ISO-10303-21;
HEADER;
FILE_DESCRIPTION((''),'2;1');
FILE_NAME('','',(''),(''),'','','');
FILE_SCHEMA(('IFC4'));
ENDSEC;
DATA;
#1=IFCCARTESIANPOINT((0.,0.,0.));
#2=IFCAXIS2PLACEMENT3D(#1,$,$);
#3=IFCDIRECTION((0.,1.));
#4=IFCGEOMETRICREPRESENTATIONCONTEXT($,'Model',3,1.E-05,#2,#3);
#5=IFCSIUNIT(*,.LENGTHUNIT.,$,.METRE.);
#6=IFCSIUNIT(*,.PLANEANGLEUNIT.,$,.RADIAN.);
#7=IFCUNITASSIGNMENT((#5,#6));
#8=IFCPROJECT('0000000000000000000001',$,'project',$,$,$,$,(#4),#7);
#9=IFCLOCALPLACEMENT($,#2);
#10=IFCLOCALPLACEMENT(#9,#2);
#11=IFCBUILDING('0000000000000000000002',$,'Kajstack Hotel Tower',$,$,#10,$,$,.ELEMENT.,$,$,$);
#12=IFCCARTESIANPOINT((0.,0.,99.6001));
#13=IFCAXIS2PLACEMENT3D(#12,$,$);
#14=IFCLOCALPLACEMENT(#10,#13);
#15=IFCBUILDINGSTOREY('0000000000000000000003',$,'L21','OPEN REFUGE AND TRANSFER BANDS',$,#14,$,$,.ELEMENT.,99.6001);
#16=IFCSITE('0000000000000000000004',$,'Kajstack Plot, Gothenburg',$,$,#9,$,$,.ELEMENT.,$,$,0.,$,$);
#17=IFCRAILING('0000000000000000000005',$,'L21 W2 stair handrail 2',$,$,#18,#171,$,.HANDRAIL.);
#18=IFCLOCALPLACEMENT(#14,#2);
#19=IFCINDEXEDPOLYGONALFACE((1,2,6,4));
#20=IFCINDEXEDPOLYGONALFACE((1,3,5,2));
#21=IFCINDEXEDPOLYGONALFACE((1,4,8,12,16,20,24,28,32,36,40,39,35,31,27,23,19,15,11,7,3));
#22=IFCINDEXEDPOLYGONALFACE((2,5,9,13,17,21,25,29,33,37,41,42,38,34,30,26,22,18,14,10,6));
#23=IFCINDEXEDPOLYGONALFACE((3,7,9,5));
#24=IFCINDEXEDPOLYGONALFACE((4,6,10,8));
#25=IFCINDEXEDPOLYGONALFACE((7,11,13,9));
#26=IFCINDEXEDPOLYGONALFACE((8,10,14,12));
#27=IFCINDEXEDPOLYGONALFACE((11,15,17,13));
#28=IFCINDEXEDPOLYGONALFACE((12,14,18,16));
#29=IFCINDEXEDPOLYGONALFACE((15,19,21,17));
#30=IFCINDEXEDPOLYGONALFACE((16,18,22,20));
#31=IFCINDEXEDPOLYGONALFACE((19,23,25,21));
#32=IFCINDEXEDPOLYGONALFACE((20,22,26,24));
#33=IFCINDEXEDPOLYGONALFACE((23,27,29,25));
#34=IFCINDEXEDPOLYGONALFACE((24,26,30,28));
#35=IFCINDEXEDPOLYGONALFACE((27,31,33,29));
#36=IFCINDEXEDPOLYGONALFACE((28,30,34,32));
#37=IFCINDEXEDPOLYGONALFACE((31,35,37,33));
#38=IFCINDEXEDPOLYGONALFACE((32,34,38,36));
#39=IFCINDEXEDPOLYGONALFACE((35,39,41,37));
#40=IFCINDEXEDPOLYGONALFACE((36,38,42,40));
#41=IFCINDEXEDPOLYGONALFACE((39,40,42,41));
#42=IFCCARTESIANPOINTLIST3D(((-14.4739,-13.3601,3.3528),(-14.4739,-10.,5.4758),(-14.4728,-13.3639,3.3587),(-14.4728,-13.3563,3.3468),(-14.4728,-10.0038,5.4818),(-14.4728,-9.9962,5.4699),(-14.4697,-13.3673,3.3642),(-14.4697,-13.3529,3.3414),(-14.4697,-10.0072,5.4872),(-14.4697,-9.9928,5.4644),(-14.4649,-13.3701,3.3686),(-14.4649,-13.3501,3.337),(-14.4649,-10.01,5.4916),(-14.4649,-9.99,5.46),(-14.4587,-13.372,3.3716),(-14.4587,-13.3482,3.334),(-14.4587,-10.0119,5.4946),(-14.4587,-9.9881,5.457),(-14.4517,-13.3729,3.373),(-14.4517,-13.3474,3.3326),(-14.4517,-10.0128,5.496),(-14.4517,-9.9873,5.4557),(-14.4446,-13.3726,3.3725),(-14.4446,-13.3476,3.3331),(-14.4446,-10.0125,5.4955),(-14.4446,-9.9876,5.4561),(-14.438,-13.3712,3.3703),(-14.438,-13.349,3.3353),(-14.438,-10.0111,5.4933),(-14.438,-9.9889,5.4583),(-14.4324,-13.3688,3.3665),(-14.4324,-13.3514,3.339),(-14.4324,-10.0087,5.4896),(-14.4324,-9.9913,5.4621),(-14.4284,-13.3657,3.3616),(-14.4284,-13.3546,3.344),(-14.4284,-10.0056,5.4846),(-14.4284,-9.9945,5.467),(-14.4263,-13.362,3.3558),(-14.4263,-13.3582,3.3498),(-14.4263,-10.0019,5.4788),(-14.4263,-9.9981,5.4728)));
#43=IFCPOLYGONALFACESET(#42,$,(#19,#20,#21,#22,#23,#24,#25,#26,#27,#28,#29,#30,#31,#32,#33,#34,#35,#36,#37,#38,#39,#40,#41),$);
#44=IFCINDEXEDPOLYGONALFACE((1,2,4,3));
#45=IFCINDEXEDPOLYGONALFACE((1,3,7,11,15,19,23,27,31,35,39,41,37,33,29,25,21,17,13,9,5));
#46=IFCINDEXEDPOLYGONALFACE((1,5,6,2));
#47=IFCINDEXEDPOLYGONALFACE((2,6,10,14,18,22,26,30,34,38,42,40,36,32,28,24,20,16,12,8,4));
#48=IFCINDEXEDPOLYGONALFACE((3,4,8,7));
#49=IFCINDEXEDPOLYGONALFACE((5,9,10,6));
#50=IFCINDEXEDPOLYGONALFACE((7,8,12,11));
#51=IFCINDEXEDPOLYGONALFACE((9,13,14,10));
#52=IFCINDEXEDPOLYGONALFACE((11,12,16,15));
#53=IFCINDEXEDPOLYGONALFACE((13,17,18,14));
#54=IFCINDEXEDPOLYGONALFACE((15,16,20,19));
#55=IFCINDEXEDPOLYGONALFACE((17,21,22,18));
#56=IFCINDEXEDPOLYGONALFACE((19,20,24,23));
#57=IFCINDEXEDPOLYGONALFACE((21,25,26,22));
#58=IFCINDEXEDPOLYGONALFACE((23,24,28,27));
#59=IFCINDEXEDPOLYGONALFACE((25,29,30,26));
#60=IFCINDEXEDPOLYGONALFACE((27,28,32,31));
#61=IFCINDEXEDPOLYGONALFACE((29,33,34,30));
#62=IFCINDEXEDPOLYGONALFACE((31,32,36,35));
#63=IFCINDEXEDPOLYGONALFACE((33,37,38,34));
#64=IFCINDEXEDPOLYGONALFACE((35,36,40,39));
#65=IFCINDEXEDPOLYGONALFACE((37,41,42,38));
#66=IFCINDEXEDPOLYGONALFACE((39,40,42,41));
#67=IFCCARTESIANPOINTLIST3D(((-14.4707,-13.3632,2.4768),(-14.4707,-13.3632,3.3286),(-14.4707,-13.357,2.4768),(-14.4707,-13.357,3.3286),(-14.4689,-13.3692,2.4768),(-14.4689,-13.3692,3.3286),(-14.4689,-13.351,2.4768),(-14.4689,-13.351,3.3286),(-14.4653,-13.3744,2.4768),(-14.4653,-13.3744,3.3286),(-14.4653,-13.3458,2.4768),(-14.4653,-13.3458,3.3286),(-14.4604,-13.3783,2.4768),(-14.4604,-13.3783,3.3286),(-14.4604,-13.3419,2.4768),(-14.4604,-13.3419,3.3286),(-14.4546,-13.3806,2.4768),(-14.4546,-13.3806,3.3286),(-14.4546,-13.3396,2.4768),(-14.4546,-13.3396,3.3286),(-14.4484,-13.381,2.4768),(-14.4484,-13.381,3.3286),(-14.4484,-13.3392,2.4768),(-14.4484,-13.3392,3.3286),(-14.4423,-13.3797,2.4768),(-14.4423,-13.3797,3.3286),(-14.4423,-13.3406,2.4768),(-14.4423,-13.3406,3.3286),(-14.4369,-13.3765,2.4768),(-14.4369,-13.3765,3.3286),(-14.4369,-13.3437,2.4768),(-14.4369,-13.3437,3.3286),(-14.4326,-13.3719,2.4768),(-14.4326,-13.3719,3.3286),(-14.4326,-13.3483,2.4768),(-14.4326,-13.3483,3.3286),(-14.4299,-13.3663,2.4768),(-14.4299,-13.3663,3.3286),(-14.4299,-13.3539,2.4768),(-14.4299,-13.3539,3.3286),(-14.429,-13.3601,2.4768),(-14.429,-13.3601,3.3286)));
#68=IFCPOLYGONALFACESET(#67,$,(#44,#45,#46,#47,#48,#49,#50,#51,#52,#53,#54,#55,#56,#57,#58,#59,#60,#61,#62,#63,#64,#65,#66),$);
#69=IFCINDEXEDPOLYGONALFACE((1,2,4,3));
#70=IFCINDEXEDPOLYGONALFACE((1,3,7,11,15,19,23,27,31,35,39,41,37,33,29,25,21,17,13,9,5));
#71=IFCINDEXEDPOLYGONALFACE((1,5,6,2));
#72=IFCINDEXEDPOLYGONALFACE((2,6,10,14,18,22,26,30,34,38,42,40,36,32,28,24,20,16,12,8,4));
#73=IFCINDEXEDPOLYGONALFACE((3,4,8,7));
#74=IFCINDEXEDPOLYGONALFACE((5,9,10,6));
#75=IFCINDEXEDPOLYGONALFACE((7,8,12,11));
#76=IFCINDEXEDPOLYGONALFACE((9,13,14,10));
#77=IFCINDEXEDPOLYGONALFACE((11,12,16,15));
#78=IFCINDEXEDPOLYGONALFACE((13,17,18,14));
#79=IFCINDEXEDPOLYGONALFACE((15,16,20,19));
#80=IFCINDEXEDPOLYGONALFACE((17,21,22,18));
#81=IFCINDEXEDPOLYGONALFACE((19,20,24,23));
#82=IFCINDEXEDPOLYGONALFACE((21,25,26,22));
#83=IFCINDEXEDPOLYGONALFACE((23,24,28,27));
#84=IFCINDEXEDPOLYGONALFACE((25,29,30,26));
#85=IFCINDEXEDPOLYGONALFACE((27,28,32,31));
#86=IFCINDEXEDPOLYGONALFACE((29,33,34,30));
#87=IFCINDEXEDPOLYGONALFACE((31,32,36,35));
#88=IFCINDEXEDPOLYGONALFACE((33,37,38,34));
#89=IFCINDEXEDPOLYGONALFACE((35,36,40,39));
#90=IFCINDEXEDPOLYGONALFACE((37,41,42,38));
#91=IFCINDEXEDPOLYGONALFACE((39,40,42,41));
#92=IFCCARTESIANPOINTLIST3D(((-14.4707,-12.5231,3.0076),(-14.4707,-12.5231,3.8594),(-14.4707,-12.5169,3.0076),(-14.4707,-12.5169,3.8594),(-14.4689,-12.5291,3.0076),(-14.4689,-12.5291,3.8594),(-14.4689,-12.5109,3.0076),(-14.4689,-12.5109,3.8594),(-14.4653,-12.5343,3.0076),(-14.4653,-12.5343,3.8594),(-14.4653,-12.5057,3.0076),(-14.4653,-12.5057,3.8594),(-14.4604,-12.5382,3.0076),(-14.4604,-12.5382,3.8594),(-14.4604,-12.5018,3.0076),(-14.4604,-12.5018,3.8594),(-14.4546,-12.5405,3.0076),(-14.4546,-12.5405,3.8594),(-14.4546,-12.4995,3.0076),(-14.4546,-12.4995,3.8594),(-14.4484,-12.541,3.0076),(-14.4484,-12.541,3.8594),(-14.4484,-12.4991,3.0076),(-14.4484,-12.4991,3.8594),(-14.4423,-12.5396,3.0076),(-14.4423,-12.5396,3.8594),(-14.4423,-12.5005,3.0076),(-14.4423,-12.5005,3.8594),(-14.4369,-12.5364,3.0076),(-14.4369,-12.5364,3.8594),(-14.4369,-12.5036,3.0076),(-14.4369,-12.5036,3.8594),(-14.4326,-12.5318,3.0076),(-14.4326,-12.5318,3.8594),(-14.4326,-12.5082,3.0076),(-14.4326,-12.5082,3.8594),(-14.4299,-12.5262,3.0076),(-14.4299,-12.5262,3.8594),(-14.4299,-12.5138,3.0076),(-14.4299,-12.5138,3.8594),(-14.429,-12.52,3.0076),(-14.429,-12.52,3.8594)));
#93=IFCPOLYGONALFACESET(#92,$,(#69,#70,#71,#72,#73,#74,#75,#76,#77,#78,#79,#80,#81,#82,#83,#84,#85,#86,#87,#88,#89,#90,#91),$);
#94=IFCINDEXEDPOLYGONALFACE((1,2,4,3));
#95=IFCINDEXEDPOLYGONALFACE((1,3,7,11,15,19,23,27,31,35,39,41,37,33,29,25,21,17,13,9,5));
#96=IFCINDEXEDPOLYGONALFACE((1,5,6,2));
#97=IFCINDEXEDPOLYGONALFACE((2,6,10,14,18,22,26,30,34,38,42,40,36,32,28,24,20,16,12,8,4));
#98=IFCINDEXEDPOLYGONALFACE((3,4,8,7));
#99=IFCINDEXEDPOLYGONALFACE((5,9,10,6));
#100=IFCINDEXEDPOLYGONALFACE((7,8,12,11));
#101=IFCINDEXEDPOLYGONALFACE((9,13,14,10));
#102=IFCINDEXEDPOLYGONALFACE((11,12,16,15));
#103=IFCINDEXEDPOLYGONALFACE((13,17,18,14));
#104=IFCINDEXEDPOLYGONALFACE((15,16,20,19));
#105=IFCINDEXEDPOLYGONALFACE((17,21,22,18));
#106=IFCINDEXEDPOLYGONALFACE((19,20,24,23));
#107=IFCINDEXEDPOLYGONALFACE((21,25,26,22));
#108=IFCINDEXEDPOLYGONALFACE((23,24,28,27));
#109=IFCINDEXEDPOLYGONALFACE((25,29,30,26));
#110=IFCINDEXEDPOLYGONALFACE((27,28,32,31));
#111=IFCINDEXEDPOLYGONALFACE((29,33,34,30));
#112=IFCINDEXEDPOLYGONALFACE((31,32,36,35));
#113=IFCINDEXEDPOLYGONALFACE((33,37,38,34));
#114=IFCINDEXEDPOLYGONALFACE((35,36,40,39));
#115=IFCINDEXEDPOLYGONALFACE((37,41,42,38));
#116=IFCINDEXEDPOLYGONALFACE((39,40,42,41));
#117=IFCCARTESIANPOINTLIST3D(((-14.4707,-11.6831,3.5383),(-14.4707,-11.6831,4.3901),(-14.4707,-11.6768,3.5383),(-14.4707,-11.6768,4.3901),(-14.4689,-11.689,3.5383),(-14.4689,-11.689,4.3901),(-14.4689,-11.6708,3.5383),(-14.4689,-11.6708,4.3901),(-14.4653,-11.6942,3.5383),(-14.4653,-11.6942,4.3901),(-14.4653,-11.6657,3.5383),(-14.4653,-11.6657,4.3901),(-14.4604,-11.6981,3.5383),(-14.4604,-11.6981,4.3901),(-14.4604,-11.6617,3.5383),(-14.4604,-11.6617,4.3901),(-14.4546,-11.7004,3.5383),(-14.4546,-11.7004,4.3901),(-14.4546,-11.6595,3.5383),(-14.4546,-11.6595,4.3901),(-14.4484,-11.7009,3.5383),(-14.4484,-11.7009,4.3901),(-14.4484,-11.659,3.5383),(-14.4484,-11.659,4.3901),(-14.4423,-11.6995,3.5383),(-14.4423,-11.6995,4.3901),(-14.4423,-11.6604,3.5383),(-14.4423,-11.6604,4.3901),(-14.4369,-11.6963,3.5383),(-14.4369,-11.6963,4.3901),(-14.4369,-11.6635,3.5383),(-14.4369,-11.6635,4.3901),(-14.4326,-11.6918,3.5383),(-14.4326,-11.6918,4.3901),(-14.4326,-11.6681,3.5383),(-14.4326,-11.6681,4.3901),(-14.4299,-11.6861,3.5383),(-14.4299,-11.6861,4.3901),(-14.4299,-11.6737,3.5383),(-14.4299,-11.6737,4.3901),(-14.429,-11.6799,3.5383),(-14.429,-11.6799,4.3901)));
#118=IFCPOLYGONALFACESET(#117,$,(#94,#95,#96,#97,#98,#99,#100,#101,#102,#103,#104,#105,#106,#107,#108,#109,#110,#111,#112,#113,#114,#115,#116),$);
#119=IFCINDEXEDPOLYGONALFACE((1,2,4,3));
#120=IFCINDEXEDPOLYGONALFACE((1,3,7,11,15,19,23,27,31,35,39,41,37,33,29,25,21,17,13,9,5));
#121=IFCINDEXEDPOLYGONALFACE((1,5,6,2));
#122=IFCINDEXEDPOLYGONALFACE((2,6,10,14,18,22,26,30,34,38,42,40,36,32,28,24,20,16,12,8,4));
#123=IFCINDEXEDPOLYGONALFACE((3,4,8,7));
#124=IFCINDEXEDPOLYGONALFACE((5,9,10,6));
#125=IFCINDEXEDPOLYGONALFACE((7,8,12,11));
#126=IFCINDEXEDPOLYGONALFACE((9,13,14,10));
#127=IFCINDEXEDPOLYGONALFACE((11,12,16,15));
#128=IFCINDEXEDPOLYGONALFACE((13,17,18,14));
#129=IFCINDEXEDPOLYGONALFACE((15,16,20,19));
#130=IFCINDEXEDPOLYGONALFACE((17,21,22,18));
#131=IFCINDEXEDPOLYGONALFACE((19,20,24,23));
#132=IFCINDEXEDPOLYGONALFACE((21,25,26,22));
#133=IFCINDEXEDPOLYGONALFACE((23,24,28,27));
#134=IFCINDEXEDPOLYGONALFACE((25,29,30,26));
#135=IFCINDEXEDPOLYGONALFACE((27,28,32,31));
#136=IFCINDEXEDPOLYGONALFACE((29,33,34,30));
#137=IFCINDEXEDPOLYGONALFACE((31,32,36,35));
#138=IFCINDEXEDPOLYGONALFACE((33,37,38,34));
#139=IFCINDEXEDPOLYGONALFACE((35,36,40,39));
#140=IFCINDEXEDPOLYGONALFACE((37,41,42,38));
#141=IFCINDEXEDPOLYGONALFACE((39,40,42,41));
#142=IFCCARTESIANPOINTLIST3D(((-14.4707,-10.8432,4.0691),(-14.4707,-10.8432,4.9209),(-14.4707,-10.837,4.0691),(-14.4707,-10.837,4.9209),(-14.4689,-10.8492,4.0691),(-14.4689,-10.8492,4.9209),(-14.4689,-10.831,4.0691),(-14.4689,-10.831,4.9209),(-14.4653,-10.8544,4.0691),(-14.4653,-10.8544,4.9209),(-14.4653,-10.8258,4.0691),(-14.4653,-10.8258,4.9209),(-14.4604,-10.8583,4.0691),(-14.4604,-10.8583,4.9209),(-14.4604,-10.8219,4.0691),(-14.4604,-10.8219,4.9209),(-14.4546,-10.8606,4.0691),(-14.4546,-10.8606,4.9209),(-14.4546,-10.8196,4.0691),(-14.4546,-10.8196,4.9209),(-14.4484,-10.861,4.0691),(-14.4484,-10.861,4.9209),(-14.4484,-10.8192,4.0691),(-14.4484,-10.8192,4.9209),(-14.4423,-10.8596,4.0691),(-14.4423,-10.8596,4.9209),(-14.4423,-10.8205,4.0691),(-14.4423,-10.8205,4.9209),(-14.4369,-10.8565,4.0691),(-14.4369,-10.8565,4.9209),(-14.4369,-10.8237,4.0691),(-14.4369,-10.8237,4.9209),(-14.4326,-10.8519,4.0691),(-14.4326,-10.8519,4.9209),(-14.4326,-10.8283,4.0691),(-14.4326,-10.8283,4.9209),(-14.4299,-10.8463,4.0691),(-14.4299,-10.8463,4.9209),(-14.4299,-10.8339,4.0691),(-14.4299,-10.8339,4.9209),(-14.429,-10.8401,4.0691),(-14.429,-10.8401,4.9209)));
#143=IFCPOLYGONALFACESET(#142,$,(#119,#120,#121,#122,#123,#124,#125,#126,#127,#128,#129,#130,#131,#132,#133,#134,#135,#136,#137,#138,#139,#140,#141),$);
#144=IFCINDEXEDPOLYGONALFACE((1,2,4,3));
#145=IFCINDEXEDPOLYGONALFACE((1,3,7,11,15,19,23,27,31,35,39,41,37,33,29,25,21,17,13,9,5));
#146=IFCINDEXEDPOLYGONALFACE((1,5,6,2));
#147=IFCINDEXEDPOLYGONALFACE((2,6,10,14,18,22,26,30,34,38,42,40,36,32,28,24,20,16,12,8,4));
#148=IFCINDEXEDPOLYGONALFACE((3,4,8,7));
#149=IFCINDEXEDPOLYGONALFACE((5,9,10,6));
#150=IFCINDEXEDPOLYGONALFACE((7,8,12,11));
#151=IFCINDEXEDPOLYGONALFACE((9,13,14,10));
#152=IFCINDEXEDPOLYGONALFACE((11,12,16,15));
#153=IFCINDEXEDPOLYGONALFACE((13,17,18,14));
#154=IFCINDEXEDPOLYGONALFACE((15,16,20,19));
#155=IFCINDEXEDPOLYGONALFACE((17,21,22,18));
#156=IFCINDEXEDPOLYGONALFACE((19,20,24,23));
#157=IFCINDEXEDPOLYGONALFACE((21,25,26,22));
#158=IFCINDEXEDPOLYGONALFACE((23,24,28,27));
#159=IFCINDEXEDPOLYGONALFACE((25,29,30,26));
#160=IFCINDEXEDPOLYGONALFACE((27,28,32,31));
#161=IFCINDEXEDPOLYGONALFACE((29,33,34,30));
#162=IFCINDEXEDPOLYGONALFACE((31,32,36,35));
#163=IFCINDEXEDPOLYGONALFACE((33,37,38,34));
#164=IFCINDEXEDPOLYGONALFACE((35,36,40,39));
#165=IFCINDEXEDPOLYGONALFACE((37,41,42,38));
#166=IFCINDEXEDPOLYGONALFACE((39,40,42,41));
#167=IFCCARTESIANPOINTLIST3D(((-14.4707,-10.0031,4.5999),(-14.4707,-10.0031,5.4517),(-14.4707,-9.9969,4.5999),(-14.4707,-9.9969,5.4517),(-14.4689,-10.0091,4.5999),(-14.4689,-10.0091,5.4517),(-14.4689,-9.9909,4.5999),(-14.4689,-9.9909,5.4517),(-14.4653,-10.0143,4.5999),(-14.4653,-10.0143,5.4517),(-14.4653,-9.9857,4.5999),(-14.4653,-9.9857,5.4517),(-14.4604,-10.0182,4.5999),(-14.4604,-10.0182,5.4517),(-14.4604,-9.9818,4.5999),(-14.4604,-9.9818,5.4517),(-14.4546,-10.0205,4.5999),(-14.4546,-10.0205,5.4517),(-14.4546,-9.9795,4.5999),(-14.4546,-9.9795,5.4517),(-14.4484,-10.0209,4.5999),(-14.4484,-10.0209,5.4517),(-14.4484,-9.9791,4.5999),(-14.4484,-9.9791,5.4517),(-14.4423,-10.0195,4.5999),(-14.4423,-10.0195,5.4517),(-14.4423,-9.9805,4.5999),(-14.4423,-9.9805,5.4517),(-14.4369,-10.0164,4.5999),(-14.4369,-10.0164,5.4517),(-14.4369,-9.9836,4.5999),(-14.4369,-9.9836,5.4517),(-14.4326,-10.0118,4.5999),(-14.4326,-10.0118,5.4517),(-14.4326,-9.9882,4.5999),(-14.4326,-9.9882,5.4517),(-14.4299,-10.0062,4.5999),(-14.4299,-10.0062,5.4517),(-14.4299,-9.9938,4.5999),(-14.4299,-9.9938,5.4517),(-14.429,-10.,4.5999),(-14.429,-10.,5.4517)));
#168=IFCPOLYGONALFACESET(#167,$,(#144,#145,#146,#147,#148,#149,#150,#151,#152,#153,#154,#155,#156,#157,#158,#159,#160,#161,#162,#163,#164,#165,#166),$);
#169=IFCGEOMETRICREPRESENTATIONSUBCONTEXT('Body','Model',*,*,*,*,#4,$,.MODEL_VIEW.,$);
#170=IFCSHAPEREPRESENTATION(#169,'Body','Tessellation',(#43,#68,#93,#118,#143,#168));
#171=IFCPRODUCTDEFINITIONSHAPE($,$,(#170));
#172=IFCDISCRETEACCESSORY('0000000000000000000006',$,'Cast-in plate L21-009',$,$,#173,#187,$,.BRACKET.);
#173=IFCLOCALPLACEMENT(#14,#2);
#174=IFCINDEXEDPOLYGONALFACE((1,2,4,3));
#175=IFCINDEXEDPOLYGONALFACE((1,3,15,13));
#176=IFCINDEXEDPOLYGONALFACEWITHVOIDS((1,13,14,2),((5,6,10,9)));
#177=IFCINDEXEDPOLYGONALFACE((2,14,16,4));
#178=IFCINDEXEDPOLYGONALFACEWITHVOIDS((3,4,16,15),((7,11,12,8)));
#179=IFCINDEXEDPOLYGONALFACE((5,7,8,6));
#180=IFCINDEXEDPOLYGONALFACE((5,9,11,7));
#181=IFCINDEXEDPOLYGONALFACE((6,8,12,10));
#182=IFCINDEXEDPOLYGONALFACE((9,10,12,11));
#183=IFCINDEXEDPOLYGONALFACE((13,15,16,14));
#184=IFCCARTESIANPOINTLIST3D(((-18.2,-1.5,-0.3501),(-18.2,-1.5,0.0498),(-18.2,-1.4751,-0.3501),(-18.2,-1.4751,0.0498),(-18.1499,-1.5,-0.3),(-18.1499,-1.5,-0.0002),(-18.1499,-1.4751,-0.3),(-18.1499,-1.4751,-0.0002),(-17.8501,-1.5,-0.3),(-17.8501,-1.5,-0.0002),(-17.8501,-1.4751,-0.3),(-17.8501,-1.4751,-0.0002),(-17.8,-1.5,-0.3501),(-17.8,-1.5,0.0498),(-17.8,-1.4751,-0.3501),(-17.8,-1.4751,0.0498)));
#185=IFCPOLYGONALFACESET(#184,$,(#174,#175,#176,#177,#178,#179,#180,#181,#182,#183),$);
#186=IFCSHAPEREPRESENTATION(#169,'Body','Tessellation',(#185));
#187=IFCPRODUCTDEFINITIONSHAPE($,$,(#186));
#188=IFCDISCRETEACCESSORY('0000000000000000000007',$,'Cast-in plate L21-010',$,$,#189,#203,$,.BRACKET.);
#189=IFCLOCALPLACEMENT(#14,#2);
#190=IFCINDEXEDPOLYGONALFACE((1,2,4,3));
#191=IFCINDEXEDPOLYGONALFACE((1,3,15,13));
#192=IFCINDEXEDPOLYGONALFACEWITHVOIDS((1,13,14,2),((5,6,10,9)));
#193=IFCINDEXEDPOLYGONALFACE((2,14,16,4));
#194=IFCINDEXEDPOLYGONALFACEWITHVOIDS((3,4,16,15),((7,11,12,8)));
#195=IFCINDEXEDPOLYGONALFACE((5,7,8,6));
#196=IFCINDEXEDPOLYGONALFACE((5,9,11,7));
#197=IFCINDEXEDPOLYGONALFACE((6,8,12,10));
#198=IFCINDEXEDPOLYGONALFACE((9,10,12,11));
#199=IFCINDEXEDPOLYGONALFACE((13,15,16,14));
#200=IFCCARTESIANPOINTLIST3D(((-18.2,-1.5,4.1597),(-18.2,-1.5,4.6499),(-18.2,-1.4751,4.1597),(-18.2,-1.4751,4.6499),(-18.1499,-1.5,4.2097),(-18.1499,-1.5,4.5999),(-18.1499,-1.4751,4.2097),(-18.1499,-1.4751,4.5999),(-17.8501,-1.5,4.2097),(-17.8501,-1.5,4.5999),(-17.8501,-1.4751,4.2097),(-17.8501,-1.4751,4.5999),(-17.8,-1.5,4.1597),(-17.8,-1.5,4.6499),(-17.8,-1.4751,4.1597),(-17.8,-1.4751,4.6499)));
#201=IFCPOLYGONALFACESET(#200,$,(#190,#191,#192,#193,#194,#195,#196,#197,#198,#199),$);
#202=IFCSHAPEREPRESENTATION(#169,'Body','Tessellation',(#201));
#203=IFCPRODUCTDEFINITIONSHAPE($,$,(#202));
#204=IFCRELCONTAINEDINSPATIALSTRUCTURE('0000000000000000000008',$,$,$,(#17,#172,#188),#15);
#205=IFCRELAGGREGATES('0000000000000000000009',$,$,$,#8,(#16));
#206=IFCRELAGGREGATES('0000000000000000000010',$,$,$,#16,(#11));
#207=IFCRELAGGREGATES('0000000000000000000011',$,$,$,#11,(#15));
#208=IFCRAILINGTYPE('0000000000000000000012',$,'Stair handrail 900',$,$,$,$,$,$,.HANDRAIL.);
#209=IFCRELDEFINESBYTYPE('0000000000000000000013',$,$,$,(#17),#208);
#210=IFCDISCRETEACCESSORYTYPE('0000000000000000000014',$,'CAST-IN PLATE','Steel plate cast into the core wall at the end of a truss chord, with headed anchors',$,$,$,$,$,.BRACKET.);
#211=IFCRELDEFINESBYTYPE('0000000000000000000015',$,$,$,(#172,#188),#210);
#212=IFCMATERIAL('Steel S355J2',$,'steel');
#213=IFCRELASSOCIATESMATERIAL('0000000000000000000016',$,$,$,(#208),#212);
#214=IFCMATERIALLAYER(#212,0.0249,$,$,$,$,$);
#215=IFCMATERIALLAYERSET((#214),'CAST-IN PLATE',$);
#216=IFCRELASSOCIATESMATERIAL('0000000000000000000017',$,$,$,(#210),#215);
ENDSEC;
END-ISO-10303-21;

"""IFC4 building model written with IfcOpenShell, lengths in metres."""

from ifc_helpers import new_model, si_unit, direction, frame, origin, origin_2d, place, context, subcontext, project, spatial, polyline, circle, outline, extrude, material, layer, layer_set, type_object, element, save


model = new_model("IFC4")

# Units and contexts
model_context = context("Model", 3, precision=1e-05, world=origin(), true_north=direction((0.0, 1.0)))
body_context = subcontext(model_context, "Body", "Model", "MODEL_VIEW")
ifc_project = project(units=[si_unit("LENGTHUNIT", "METRE"), si_unit("PLANEANGLEUNIT", "RADIAN")], contexts=[model_context])

# Site, building, storey
site_placement = place(None, origin())
site = spatial("IfcSite", under=ifc_project, at=site_placement, Name="Kajstack Plot, Gothenburg", CompositionType="ELEMENT", RefElevation=0.0)
building_placement = place(site_placement, origin())
building = spatial("IfcBuilding", under=site, at=building_placement, Name="Kajstack Hotel Tower", CompositionType="ELEMENT")
storey_placement = place(building_placement, frame((0.0, 0.0, 99.6001)))
storey = spatial("IfcBuildingStorey", under=building, at=storey_placement, Name="L21", Description="OPEN REFUGE AND TRANSFER BANDS", CompositionType="ELEMENT", Elevation=99.6001)

# Shared definitions
ifc_material_1 = material(Name="Steel S355J2", Category="steel")

# Railing
railing_type_1 = type_object("IfcRailingType", Name="Stair handrail 900", PredefinedType="HANDRAIL", material=ifc_material_1)
railing_1_placement = place(storey_placement, frame((-14.45, -13.3601, 2.4768)))
element("IfcRailing", 1, at=railing_1_placement, inside=storey, type_object=railing_type_1, Name="L21 W2 stair handrail 2", PredefinedType="HANDRAIL", context=body_context, shape_type="SweptSolid", body=[
    extrude(circle(Radius=0.0239, at=origin_2d()), frame((0.0, 0.0, 0.876), z_axis=(0.0, 0.84539, 0.53415), x_axis=(-1.0, 0.0, 0.0)), (0.0, 0.0, 1.0), 3.9746),
    extrude(circle(Radius=0.021, at=origin_2d()), origin(), (0.0, 0.0, 1.0), 0.8518),
    extrude(circle(Radius=0.021, at=origin_2d()), frame((0.0, 0.8401, 0.5308)), (0.0, 0.0, 1.0), 0.8518),
    extrude(circle(Radius=0.021, at=origin_2d()), frame((0.0, 1.6802, 1.0615)), (0.0, 0.0, 1.0), 0.8518),
    extrude(circle(Radius=0.021, at=origin_2d()), frame((0.0, 2.52, 1.5923)), (0.0, 0.0, 1.0), 0.8518),
    extrude(circle(Radius=0.021, at=origin_2d()), frame((0.0, 3.3601, 2.123)), (0.0, 0.0, 1.0), 0.8518),
])

# Discrete accessories
ifc_layer_1 = layer(ifc_material_1, 0.0249)
ifc_layer_set_1 = layer_set([ifc_layer_1], Name="CAST-IN PLATE")
discrete_accessory_type_1 = type_object("IfcDiscreteAccessoryType", Name="CAST-IN PLATE", Description="Steel plate cast into the core wall at the end of a truss chord, with headed anchors", PredefinedType="BRACKET", material=ifc_layer_set_1)
discrete_accessory_1_placement = place(storey_placement, frame((-18.0, -1.5, -0.1501), z_axis=(0.0, 1.0, 0.0), x_axis=(-1.0, 0.0, 0.0)))
element("IfcDiscreteAccessory", 2, at=discrete_accessory_1_placement, inside=storey, type_object=discrete_accessory_type_1, Name="Cast-in plate L21-009", PredefinedType="BRACKET", context=body_context, shape_type="SweptSolid", body=[
    extrude(outline(polyline([(-0.2, -0.2), (0.2, -0.2), (0.2, 0.2), (-0.2, 0.2), (-0.2, -0.2)]), holes=[polyline([(-0.1499, -0.1499), (-0.1499, 0.1499), (0.1499, 0.1499), (0.1499, -0.1499), (-0.1499, -0.1499)])]), origin(), (0.0, 0.0, 1.0), 0.0249),
])
discrete_accessory_2_placement = place(storey_placement, frame((-18.0, -1.5, 4.4048), z_axis=(0.0, 1.0, 0.0), x_axis=(-1.0, 0.0, 0.0)))
element("IfcDiscreteAccessory", 3, at=discrete_accessory_2_placement, inside=storey, type_object=discrete_accessory_type_1, Name="Cast-in plate L21-010", PredefinedType="BRACKET", context=body_context, shape_type="SweptSolid", body=[
    extrude(outline(polyline([(-0.2, -0.2451), (0.2, -0.2451), (0.2, 0.2451), (-0.2, 0.2451), (-0.2, -0.2451)]), holes=[polyline([(-0.1499, -0.1951), (-0.1499, 0.1951), (0.1499, 0.1951), (0.1499, -0.1951), (-0.1499, -0.1951)])]), origin(), (0.0, 0.0, 1.0), 0.0249),
])

save(model, "model.ifc")
